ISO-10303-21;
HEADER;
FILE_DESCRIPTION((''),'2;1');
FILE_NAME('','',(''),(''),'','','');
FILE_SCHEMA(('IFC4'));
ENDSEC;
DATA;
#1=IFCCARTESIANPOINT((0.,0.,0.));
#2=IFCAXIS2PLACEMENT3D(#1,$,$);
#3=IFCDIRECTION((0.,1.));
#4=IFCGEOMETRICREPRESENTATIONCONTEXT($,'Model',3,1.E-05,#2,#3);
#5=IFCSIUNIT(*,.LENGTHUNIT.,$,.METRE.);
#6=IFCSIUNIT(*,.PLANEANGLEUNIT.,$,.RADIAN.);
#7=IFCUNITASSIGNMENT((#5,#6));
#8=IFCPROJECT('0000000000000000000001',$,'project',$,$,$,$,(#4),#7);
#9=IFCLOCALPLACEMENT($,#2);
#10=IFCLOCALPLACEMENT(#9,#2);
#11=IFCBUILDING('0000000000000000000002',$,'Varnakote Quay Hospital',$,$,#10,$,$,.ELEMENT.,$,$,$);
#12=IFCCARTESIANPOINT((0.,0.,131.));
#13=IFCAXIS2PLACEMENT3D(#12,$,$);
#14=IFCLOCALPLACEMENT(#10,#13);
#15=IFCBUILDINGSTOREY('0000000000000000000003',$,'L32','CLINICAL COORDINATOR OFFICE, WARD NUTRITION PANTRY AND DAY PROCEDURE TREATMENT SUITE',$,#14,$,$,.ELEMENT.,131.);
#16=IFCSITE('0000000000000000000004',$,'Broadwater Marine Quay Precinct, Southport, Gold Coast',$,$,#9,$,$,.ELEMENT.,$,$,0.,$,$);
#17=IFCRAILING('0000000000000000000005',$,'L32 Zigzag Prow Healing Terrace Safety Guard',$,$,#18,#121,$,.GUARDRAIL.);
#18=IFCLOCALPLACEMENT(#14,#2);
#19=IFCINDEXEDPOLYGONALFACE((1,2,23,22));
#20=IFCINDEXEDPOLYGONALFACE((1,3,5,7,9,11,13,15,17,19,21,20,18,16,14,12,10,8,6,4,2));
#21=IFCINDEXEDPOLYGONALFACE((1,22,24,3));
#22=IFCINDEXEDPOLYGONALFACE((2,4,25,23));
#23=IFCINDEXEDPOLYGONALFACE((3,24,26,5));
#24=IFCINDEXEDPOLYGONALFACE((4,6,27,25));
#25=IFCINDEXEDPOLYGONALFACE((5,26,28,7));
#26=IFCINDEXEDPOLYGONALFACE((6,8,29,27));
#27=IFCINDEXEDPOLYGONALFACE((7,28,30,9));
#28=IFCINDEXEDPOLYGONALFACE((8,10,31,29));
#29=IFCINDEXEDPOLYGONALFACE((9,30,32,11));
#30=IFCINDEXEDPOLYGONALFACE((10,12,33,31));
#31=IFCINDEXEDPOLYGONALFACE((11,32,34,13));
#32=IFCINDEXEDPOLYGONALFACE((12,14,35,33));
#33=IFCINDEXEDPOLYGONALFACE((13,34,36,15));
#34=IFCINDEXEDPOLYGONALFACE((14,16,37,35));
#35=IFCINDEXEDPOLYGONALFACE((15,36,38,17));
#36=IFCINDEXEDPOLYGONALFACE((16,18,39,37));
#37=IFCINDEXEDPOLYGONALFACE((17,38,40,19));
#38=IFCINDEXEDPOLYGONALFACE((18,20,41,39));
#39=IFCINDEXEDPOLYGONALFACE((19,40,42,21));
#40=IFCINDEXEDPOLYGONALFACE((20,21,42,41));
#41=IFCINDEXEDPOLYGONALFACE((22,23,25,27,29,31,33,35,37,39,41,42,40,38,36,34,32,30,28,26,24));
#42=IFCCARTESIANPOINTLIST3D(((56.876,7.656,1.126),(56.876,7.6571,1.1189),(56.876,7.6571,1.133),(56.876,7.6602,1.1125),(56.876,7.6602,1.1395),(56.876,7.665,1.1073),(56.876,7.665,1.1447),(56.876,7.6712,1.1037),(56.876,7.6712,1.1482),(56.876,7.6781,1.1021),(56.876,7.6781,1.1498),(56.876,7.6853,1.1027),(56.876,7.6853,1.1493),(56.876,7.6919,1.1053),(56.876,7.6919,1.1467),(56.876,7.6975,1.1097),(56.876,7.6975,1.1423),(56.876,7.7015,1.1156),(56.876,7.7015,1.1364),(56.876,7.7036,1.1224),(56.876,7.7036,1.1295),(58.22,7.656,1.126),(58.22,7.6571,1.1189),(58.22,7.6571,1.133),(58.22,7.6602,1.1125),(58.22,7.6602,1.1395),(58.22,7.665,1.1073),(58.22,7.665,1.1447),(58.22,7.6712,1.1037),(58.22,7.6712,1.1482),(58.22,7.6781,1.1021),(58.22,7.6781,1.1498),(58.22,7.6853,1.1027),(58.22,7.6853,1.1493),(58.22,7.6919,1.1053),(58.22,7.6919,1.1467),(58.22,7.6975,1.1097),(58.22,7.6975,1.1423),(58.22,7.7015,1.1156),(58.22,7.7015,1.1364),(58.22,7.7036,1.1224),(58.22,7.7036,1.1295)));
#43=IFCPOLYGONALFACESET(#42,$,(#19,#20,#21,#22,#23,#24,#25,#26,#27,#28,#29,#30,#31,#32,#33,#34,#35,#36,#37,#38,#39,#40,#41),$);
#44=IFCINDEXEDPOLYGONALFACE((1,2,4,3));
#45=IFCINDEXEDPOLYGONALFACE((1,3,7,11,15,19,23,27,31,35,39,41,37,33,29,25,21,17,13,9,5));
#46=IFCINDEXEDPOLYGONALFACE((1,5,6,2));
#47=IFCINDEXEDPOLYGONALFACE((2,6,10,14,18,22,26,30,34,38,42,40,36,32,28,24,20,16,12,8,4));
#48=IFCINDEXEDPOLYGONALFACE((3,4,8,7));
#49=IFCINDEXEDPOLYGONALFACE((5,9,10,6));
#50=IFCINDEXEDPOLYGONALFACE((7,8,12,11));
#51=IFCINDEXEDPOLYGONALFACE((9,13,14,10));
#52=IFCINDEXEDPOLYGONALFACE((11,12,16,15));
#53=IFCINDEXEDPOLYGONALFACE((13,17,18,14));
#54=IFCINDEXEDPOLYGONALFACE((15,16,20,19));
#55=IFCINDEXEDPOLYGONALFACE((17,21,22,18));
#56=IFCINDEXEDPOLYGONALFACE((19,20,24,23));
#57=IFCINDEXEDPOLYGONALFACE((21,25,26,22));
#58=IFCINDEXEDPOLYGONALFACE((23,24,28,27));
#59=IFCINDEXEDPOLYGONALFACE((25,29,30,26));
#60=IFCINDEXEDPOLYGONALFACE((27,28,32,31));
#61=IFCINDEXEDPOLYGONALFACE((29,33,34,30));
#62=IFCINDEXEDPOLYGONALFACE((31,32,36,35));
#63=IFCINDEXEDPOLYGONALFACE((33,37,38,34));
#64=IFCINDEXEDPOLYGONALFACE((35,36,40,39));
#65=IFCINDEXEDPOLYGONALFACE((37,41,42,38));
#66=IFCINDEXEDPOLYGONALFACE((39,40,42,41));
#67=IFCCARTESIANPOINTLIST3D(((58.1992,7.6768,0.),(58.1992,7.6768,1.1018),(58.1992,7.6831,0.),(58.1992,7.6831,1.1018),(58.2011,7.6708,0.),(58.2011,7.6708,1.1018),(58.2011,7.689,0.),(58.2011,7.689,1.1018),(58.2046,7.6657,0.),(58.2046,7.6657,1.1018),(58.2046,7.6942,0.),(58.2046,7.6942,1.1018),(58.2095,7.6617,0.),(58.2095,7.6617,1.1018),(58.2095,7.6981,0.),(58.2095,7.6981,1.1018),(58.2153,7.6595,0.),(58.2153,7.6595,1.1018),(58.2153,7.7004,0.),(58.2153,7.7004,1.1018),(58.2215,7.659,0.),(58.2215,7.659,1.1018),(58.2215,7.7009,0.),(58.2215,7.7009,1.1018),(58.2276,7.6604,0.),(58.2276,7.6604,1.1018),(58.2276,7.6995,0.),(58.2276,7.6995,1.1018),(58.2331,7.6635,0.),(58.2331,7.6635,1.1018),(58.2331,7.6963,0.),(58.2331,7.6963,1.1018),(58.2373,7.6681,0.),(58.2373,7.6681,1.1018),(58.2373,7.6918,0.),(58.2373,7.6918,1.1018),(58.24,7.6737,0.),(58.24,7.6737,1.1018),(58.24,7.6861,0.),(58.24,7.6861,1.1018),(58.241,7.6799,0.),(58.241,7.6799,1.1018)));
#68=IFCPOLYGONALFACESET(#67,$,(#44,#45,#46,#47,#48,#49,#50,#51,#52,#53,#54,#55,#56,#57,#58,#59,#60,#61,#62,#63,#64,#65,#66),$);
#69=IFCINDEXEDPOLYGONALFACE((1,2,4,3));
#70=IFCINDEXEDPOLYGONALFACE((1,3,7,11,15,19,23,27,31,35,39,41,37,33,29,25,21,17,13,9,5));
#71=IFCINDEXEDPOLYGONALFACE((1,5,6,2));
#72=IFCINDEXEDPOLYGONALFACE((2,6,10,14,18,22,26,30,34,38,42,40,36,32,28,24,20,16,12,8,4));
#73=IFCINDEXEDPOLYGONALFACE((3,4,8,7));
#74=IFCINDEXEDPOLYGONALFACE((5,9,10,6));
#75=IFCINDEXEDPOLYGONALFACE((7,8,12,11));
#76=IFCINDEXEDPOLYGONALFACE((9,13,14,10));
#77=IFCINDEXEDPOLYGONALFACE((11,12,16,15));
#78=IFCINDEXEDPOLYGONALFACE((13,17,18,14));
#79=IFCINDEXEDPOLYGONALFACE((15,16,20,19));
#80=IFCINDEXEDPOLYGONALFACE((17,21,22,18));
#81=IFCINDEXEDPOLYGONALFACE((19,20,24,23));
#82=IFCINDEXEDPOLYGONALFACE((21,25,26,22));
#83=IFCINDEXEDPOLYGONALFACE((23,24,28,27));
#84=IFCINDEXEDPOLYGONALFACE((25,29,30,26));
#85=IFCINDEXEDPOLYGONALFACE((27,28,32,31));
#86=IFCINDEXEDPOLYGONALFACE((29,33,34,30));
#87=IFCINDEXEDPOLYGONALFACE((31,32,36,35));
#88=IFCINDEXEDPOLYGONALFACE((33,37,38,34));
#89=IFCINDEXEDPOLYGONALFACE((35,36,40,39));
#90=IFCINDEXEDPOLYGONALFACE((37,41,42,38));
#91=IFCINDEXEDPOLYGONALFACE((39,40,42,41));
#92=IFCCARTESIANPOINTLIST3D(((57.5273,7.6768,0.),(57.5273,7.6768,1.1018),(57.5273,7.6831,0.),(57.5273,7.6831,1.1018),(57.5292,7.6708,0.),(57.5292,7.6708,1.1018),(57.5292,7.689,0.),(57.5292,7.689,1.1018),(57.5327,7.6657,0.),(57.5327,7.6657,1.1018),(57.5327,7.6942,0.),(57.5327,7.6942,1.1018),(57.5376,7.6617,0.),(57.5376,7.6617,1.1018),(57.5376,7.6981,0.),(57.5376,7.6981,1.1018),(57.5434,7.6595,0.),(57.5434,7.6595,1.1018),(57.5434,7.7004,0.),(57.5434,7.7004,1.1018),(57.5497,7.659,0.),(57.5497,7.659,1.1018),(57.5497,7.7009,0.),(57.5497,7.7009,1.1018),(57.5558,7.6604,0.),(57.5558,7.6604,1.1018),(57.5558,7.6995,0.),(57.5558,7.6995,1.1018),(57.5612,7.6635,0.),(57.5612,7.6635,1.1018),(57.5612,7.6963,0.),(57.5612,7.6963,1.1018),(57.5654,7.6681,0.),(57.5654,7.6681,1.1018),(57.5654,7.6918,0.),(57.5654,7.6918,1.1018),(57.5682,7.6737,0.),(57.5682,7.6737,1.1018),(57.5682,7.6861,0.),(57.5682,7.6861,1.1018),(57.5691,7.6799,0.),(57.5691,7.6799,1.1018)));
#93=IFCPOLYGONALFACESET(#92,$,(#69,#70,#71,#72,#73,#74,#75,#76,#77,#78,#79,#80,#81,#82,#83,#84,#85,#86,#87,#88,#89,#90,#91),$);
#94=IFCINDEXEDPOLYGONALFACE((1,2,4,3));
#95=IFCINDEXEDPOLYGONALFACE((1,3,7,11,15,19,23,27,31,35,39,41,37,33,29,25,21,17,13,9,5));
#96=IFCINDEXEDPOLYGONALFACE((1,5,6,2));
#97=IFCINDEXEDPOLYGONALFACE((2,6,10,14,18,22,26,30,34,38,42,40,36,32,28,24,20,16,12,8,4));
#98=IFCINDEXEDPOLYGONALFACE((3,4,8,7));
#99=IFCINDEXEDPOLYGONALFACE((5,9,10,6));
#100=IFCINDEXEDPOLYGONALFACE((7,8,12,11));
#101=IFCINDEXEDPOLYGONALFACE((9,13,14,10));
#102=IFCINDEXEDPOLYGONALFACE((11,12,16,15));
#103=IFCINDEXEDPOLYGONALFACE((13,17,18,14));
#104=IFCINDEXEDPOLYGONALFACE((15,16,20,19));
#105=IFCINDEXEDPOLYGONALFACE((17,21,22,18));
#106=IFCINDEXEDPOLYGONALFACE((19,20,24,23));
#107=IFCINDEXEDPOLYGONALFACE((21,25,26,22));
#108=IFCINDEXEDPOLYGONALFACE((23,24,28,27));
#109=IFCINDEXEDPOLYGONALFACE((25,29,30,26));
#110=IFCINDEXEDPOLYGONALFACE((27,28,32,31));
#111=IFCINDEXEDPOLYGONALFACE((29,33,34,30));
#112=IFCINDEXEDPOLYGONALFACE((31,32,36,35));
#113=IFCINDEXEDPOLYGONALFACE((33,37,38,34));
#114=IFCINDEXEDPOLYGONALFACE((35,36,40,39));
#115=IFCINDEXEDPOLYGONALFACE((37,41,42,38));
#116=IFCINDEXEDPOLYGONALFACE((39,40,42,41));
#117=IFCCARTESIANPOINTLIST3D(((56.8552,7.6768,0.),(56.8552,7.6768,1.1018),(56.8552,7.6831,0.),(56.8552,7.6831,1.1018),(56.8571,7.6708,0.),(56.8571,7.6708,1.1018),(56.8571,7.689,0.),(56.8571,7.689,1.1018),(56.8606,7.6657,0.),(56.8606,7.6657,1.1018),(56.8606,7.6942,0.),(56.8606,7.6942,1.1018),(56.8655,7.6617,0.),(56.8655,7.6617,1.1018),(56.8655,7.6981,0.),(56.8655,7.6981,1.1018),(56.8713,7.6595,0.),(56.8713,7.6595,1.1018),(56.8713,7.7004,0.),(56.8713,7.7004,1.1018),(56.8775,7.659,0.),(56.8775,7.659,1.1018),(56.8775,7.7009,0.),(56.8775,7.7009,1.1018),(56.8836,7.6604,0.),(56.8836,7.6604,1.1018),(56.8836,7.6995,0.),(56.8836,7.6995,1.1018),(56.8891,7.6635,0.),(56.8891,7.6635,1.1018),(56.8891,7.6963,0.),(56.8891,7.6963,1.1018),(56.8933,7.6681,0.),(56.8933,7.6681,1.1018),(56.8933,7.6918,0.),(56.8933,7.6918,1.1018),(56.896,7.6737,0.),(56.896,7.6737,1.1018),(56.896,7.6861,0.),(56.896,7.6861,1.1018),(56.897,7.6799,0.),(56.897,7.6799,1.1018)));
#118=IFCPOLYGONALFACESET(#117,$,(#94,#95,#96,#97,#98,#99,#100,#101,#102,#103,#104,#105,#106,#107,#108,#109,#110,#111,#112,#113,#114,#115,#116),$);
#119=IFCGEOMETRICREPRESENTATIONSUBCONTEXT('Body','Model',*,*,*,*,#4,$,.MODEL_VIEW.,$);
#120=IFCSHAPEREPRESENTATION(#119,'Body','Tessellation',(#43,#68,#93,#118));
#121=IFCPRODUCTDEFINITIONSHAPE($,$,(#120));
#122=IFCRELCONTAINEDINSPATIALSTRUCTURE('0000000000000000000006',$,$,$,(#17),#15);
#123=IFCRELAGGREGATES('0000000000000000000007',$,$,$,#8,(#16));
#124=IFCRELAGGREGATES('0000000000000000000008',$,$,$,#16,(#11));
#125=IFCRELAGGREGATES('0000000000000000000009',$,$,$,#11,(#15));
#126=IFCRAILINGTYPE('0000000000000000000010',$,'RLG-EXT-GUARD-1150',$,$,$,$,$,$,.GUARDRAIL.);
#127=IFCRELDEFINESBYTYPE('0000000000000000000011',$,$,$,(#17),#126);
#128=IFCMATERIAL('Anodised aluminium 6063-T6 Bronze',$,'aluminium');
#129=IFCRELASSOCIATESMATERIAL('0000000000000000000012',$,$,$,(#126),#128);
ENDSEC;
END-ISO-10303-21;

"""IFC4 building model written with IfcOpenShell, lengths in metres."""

from ifc_helpers import new_model, si_unit, direction, frame, origin, origin_2d, place, context, subcontext, project, spatial, circle, extrude, material, type_object, element, save


model = new_model("IFC4")

# Units and contexts
model_context = context("Model", 3, precision=1e-05, world=origin(), true_north=direction((0.0, 1.0)))
body_context = subcontext(model_context, "Body", "Model", "MODEL_VIEW")
ifc_project = project(units=[si_unit("LENGTHUNIT", "METRE"), si_unit("PLANEANGLEUNIT", "RADIAN")], contexts=[model_context])

# Site, building, storey
site_placement = place(None, origin())
site = spatial("IfcSite", under=ifc_project, at=site_placement, Name="Broadwater Marine Quay Precinct, Southport, Gold Coast", CompositionType="ELEMENT", RefElevation=0.0)
building_placement = place(site_placement, origin())
building = spatial("IfcBuilding", under=site, at=building_placement, Name="Varnakote Quay Hospital", CompositionType="ELEMENT")
storey_placement = place(building_placement, frame((0.0, 0.0, 131.0)))
storey = spatial("IfcBuildingStorey", under=building, at=storey_placement, Name="L32", Description="CLINICAL COORDINATOR OFFICE, WARD NUTRITION PANTRY AND DAY PROCEDURE TREATMENT SUITE", CompositionType="ELEMENT", Elevation=131.0)

# Railing
ifc_material_1 = material(Name="Anodised aluminium 6063-T6 Bronze", Category="aluminium")
railing_type_1 = type_object("IfcRailingType", Name="RLG-EXT-GUARD-1150", PredefinedType="GUARDRAIL", material=ifc_material_1)
railing_1_placement = place(storey_placement, frame((58.22, 7.6799, 0.0)))
element("IfcRailing", 1, at=railing_1_placement, inside=storey, type_object=railing_type_1, Name="L32 Zigzag Prow Healing Terrace Safety Guard", PredefinedType="GUARDRAIL", context=body_context, shape_type="SweptSolid", body=[
    extrude(circle(Radius=0.0239, at=origin_2d()), frame((0.0, 0.0, 1.126), z_axis=(-1.0, 0.0, 0.0), x_axis=(0.0, -1.0, 0.0)), (0.0, 0.0, 1.0), 1.344),
    extrude(circle(Radius=0.021, at=origin_2d()), origin(), (0.0, 0.0, 1.0), 1.1018),
    extrude(circle(Radius=0.021, at=origin_2d()), frame((-0.6719, 0.0, 0.0)), (0.0, 0.0, 1.0), 1.1018),
    extrude(circle(Radius=0.021, at=origin_2d()), frame((-1.344, 0.0, 0.0)), (0.0, 0.0, 1.0), 1.1018),
])

save(model, "model.ifc")
